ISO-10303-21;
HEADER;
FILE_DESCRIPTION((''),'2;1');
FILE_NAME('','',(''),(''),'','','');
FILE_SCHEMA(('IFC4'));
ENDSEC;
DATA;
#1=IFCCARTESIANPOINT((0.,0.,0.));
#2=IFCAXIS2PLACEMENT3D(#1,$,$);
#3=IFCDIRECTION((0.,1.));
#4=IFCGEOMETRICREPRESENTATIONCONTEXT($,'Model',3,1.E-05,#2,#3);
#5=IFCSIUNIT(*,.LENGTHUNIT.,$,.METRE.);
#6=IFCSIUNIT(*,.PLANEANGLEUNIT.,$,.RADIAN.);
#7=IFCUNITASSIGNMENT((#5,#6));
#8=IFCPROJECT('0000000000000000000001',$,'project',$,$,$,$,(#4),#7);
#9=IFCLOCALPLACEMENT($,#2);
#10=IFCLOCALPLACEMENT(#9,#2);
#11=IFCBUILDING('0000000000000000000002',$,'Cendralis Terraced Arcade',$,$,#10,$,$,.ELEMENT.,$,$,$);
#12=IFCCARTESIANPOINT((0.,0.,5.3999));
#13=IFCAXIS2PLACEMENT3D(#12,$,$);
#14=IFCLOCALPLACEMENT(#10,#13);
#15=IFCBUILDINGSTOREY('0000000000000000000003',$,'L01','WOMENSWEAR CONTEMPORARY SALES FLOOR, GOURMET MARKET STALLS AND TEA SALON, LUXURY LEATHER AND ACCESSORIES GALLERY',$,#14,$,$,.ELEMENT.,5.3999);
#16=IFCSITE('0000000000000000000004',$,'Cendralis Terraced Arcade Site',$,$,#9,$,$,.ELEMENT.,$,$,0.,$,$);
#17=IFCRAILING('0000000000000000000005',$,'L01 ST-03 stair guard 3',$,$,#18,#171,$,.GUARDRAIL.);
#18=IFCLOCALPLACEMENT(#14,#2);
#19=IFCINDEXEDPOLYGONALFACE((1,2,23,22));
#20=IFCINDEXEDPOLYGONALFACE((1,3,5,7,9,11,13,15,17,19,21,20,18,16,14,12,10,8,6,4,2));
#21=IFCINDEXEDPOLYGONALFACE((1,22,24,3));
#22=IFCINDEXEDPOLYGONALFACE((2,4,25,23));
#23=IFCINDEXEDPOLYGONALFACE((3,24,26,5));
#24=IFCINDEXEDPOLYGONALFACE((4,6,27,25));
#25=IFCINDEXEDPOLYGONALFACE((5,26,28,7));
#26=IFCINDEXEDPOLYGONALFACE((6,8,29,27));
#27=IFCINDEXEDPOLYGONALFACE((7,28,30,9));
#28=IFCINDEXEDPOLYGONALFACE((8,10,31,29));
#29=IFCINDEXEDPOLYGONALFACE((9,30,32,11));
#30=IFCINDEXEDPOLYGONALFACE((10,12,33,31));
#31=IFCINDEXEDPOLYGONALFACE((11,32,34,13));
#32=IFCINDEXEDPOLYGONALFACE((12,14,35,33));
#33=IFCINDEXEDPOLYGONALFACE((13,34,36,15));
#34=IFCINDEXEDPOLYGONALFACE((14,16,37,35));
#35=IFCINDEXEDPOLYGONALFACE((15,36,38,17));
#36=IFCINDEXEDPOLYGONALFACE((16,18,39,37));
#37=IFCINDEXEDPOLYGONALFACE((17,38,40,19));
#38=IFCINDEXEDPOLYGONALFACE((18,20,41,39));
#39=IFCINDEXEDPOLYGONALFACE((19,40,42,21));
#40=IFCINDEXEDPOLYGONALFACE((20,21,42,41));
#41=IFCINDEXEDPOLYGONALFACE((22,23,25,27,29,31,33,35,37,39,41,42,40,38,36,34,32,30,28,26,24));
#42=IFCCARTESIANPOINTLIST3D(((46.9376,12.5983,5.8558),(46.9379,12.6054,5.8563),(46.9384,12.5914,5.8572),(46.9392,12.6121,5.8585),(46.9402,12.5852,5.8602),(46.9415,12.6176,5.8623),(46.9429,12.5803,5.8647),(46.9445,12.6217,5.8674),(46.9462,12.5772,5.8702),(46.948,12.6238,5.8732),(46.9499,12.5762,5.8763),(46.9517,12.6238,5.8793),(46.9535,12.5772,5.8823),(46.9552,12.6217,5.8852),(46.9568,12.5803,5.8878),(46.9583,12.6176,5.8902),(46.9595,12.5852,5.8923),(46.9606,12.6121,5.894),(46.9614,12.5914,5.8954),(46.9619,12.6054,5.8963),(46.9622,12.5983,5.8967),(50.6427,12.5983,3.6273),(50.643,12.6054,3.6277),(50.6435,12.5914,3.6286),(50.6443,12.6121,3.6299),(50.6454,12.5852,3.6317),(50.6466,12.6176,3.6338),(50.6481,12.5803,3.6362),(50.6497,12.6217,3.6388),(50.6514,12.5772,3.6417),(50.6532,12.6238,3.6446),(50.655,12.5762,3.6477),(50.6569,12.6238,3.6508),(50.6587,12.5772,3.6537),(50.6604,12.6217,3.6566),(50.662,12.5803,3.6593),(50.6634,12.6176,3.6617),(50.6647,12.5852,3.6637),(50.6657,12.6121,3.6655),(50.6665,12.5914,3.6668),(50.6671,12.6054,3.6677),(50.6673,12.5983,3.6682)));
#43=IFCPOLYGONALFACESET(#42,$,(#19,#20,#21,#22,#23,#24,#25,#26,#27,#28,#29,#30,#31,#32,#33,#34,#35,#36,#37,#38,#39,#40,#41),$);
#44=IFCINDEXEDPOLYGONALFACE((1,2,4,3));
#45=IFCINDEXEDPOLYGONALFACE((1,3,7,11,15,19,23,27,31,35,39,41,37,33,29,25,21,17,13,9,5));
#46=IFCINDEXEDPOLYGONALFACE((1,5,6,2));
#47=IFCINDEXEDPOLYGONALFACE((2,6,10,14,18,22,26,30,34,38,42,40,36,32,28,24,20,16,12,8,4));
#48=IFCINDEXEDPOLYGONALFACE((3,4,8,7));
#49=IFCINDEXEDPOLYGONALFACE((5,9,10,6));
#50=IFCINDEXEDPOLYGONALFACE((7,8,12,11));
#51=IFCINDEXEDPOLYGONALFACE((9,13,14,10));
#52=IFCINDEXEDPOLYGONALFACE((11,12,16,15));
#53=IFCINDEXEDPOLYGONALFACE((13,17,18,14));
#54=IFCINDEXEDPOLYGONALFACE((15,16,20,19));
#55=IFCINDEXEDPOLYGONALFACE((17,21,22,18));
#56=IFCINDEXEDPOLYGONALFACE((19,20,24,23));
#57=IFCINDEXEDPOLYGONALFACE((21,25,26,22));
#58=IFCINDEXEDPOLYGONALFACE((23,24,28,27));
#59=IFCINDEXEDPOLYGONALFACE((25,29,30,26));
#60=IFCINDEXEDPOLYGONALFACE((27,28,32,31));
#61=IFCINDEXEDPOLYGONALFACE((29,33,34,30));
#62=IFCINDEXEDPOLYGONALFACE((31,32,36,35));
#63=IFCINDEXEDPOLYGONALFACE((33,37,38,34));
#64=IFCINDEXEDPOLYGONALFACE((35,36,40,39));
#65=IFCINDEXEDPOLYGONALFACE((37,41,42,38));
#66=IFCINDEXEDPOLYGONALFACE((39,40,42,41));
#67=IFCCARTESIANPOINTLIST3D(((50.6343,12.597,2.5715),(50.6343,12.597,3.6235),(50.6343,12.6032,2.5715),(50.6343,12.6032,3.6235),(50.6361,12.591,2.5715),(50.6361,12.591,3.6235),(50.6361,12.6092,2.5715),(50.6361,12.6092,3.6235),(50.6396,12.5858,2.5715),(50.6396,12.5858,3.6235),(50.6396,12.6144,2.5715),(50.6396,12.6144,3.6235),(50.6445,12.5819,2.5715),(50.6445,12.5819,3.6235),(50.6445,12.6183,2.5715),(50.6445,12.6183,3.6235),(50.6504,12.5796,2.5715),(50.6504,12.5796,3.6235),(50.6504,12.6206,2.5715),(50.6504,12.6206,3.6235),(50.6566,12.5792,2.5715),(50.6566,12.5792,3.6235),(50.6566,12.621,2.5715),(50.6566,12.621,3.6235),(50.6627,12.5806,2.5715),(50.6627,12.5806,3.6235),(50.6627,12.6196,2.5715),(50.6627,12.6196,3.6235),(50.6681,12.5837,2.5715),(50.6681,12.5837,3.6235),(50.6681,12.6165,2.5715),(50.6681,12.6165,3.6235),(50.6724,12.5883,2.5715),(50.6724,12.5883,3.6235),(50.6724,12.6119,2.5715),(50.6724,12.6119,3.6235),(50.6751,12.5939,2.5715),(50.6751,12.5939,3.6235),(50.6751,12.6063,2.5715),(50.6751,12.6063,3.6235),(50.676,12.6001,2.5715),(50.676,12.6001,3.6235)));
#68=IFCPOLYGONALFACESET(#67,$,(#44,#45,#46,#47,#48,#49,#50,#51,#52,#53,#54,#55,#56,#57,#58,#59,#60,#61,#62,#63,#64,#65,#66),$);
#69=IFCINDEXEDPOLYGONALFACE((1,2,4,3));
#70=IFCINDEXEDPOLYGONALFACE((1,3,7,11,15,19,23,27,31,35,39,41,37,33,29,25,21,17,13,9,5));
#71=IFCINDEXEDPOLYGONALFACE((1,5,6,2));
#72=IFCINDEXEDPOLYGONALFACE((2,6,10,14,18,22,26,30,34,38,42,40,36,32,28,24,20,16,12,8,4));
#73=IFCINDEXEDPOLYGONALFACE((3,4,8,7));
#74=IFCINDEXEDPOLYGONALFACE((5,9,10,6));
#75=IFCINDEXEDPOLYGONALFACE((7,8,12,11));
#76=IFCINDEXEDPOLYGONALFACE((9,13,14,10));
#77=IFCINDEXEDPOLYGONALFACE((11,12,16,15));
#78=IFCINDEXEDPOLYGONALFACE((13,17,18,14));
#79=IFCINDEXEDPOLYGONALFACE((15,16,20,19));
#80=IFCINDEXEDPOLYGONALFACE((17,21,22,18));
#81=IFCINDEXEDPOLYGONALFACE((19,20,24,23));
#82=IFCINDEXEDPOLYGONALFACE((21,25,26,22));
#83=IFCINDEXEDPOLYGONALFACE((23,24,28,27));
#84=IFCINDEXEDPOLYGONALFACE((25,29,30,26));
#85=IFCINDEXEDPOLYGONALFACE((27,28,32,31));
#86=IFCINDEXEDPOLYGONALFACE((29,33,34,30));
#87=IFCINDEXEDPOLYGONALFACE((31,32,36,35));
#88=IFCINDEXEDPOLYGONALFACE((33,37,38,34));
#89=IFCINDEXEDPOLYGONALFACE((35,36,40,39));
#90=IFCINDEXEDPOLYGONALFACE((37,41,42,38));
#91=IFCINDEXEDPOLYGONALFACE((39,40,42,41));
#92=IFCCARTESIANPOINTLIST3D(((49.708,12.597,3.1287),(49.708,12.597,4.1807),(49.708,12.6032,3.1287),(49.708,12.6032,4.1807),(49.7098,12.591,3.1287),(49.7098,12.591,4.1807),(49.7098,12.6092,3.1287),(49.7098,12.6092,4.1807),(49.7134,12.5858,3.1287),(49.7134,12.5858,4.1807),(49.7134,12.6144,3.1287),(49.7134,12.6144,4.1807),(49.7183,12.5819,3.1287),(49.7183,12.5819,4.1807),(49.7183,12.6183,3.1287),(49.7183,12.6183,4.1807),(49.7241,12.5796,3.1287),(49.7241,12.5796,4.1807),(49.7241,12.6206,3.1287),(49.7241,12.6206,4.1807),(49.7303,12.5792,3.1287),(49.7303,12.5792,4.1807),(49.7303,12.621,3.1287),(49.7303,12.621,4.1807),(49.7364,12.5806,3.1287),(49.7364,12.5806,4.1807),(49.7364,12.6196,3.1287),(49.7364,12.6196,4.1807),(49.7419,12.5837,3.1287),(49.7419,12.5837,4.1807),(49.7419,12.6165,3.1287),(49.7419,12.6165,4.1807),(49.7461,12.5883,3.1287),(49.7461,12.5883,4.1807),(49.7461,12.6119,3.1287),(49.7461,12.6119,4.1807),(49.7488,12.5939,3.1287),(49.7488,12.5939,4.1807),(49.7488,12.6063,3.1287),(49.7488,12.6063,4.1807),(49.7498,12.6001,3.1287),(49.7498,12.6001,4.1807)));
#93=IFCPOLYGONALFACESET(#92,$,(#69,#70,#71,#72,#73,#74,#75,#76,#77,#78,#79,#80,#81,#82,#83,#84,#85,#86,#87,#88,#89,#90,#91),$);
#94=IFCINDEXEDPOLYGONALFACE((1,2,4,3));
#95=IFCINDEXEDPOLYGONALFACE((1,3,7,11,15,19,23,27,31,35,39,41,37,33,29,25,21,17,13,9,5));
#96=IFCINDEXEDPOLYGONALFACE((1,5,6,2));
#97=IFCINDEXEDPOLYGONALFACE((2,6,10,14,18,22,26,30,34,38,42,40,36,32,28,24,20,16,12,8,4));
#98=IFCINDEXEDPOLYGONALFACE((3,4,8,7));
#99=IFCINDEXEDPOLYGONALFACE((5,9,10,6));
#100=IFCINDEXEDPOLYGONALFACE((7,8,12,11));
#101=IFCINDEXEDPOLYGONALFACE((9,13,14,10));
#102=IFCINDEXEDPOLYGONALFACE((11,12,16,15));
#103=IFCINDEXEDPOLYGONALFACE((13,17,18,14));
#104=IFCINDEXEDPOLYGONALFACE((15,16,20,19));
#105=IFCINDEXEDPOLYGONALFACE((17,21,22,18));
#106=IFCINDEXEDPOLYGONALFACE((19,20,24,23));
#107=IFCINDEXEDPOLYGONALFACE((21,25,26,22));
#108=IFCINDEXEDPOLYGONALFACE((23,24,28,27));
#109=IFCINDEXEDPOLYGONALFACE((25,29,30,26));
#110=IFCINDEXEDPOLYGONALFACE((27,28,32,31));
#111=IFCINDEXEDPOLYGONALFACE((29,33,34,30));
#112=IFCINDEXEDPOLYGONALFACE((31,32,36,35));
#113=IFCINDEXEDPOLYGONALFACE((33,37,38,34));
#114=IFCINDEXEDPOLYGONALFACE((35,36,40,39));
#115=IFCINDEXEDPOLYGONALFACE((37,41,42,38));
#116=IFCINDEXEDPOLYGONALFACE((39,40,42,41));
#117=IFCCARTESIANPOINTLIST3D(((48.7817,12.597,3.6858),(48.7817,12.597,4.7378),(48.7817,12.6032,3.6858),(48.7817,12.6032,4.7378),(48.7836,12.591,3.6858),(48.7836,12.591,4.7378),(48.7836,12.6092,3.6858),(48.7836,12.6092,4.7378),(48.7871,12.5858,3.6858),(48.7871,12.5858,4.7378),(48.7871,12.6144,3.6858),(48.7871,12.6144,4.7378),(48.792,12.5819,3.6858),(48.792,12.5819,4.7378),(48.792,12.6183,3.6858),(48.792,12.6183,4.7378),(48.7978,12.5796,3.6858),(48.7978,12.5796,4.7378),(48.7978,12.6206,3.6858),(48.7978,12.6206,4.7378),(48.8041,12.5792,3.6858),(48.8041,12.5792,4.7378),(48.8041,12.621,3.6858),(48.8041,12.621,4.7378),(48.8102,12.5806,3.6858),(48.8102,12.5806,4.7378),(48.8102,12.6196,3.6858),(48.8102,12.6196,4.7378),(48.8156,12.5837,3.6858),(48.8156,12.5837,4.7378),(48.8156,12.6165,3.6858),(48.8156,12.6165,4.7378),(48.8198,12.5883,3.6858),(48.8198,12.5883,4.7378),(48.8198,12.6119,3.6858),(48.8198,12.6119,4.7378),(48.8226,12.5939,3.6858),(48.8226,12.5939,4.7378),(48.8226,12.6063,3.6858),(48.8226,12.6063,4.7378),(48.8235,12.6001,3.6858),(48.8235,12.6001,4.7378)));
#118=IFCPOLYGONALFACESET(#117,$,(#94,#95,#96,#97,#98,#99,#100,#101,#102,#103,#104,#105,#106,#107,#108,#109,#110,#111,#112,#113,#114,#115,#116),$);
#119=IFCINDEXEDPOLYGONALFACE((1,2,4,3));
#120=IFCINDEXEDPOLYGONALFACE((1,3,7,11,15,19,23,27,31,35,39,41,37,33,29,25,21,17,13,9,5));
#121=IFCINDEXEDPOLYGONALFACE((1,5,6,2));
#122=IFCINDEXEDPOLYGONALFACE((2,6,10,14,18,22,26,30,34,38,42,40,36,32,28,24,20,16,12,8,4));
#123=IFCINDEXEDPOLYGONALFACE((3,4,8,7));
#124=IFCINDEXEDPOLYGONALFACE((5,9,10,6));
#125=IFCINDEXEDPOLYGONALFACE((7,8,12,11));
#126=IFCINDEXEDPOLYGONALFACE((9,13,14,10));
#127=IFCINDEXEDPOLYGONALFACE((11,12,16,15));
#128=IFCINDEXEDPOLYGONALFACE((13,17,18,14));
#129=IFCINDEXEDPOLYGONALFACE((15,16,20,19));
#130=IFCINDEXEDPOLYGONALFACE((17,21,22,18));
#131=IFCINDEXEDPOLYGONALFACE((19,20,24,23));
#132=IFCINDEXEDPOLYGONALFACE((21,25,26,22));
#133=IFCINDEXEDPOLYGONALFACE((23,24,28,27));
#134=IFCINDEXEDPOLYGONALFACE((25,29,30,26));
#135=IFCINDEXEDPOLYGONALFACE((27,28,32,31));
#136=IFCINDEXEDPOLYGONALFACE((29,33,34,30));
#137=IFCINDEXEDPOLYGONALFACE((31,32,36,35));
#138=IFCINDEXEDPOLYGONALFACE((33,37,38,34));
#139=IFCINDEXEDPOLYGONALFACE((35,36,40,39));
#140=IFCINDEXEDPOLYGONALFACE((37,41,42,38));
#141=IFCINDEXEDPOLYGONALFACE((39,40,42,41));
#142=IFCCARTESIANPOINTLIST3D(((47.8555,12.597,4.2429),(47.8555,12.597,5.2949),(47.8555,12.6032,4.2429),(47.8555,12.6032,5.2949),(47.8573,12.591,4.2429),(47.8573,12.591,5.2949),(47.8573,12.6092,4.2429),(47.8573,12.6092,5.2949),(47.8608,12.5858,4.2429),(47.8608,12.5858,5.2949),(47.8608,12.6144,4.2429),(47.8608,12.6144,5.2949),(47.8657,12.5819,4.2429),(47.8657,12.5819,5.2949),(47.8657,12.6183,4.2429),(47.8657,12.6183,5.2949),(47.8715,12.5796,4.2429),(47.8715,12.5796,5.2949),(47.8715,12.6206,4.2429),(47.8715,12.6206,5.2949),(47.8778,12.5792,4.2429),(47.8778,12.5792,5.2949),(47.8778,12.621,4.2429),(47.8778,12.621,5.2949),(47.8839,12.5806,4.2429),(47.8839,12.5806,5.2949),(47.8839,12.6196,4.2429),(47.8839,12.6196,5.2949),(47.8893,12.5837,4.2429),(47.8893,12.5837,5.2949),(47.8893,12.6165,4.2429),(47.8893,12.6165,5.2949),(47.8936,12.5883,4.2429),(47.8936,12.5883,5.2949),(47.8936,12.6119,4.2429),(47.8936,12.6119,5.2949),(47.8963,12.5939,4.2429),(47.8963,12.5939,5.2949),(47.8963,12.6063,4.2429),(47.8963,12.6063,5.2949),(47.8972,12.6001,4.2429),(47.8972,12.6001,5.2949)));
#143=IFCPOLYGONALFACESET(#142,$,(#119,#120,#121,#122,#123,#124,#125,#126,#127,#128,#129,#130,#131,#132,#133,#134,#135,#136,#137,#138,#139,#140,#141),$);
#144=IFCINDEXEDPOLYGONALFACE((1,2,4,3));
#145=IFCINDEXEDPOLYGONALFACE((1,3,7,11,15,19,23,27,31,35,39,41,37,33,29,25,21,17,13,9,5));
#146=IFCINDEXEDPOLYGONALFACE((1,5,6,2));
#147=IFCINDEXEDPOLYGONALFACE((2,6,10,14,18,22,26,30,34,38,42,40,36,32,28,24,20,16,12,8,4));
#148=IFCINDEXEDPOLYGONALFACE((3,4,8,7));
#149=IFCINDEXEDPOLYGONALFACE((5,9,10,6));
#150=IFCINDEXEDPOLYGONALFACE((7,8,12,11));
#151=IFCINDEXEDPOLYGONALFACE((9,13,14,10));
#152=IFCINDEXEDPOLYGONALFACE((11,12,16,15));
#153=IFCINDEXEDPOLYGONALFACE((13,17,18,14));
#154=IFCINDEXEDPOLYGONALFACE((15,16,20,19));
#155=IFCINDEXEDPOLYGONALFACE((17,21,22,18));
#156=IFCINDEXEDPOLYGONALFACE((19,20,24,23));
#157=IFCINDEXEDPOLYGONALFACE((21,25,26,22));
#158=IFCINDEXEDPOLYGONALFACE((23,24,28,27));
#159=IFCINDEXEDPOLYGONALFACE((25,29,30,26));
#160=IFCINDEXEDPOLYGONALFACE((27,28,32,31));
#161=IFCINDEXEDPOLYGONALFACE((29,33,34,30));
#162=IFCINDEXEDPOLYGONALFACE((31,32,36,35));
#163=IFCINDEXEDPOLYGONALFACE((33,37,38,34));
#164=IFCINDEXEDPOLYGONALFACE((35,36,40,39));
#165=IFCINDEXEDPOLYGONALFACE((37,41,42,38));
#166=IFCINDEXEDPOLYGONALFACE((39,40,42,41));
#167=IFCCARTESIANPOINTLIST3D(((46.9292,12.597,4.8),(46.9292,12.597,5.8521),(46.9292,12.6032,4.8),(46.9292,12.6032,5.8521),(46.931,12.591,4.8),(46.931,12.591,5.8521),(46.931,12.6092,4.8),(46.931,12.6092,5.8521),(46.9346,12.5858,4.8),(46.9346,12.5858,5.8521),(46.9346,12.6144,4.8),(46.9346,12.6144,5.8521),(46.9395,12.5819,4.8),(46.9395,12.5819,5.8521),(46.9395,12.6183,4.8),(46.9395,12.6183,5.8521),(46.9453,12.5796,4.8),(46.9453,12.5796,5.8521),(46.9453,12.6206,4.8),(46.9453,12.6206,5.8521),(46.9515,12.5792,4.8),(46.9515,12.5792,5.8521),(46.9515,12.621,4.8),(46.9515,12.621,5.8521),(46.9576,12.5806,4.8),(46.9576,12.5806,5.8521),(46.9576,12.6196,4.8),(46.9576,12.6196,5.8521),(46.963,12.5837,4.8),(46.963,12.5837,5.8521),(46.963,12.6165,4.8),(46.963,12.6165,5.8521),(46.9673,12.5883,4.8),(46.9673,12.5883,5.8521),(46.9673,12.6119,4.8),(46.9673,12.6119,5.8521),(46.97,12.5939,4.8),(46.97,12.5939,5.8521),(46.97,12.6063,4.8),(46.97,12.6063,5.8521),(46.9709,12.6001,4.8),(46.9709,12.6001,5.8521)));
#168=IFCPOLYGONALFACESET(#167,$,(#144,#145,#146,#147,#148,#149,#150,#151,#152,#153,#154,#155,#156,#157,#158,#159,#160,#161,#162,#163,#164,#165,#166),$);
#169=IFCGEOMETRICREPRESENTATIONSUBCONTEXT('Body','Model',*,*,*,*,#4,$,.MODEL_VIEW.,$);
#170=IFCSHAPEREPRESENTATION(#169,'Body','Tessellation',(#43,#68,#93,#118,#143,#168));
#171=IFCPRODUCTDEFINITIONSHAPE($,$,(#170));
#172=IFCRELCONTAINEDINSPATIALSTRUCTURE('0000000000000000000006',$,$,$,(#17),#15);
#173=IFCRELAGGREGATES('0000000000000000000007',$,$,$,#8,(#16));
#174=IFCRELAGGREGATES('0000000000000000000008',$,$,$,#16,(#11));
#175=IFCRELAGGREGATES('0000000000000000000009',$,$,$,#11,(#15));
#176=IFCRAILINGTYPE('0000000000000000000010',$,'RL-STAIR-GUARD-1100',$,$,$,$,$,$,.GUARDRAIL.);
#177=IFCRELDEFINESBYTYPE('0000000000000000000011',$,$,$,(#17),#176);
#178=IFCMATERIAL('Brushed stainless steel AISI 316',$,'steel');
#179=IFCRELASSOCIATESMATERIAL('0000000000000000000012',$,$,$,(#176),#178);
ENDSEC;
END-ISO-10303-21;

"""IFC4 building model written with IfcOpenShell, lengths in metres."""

from ifc_helpers import new_model, si_unit, direction, frame, origin, origin_2d, place, context, subcontext, project, spatial, circle, extrude, material, type_object, element, save


model = new_model("IFC4")

# Units and contexts
model_context = context("Model", 3, precision=1e-05, world=origin(), true_north=direction((0.0, 1.0)))
body_context = subcontext(model_context, "Body", "Model", "MODEL_VIEW")
ifc_project = project(units=[si_unit("LENGTHUNIT", "METRE"), si_unit("PLANEANGLEUNIT", "RADIAN")], contexts=[model_context])

# Site, building, storey
site_placement = place(None, origin())
site = spatial("IfcSite", under=ifc_project, at=site_placement, Name="Cendralis Terraced Arcade Site", CompositionType="ELEMENT", RefElevation=0.0)
building_placement = place(site_placement, origin())
building = spatial("IfcBuilding", under=site, at=building_placement, Name="Cendralis Terraced Arcade", CompositionType="ELEMENT")
storey_placement = place(building_placement, frame((0.0, 0.0, 5.3999)))
storey = spatial("IfcBuildingStorey", under=building, at=storey_placement, Name="L01", Description="WOMENSWEAR CONTEMPORARY SALES FLOOR, GOURMET MARKET STALLS AND TEA SALON, LUXURY LEATHER AND ACCESSORIES GALLERY", CompositionType="ELEMENT", Elevation=5.3999)

# Railing
ifc_material_1 = material(Name="Brushed stainless steel AISI 316", Category="steel")
railing_type_1 = type_object("IfcRailingType", Name="RL-STAIR-GUARD-1100", PredefinedType="GUARDRAIL", material=ifc_material_1)
railing_1_placement = place(storey_placement, frame((50.655, 12.6001, 2.5715)))
element("IfcRailing", 1, at=railing_1_placement, inside=storey, type_object=railing_type_1, Name="L01 ST-03 stair guard 3", PredefinedType="GUARDRAIL", context=body_context, shape_type="SweptSolid", body=[
    extrude(circle(Radius=0.0239, at=origin_2d()), frame((0.0, 0.0, 1.0762), z_axis=(-0.856934, 0.0, 0.515425), x_axis=(0.0, -1.0, 0.0)), (0.0, 0.0, 1.0), 4.3237),
    extrude(circle(Radius=0.021, at=origin_2d()), origin(), (0.0, 0.0, 1.0), 1.052),
    extrude(circle(Radius=0.021, at=origin_2d()), frame((-0.9263, 0.0, 0.5571)), (0.0, 0.0, 1.0), 1.052),
    extrude(circle(Radius=0.021, at=origin_2d()), frame((-1.8525, 0.0, 1.1143)), (0.0, 0.0, 1.0), 1.052),
    extrude(circle(Radius=0.021, at=origin_2d()), frame((-2.7788, 0.0, 1.6714)), (0.0, 0.0, 1.0), 1.052),
    extrude(circle(Radius=0.021, at=origin_2d()), frame((-3.7051, 0.0, 2.2285)), (0.0, 0.0, 1.0), 1.052),
])

save(model, "model.ifc")
